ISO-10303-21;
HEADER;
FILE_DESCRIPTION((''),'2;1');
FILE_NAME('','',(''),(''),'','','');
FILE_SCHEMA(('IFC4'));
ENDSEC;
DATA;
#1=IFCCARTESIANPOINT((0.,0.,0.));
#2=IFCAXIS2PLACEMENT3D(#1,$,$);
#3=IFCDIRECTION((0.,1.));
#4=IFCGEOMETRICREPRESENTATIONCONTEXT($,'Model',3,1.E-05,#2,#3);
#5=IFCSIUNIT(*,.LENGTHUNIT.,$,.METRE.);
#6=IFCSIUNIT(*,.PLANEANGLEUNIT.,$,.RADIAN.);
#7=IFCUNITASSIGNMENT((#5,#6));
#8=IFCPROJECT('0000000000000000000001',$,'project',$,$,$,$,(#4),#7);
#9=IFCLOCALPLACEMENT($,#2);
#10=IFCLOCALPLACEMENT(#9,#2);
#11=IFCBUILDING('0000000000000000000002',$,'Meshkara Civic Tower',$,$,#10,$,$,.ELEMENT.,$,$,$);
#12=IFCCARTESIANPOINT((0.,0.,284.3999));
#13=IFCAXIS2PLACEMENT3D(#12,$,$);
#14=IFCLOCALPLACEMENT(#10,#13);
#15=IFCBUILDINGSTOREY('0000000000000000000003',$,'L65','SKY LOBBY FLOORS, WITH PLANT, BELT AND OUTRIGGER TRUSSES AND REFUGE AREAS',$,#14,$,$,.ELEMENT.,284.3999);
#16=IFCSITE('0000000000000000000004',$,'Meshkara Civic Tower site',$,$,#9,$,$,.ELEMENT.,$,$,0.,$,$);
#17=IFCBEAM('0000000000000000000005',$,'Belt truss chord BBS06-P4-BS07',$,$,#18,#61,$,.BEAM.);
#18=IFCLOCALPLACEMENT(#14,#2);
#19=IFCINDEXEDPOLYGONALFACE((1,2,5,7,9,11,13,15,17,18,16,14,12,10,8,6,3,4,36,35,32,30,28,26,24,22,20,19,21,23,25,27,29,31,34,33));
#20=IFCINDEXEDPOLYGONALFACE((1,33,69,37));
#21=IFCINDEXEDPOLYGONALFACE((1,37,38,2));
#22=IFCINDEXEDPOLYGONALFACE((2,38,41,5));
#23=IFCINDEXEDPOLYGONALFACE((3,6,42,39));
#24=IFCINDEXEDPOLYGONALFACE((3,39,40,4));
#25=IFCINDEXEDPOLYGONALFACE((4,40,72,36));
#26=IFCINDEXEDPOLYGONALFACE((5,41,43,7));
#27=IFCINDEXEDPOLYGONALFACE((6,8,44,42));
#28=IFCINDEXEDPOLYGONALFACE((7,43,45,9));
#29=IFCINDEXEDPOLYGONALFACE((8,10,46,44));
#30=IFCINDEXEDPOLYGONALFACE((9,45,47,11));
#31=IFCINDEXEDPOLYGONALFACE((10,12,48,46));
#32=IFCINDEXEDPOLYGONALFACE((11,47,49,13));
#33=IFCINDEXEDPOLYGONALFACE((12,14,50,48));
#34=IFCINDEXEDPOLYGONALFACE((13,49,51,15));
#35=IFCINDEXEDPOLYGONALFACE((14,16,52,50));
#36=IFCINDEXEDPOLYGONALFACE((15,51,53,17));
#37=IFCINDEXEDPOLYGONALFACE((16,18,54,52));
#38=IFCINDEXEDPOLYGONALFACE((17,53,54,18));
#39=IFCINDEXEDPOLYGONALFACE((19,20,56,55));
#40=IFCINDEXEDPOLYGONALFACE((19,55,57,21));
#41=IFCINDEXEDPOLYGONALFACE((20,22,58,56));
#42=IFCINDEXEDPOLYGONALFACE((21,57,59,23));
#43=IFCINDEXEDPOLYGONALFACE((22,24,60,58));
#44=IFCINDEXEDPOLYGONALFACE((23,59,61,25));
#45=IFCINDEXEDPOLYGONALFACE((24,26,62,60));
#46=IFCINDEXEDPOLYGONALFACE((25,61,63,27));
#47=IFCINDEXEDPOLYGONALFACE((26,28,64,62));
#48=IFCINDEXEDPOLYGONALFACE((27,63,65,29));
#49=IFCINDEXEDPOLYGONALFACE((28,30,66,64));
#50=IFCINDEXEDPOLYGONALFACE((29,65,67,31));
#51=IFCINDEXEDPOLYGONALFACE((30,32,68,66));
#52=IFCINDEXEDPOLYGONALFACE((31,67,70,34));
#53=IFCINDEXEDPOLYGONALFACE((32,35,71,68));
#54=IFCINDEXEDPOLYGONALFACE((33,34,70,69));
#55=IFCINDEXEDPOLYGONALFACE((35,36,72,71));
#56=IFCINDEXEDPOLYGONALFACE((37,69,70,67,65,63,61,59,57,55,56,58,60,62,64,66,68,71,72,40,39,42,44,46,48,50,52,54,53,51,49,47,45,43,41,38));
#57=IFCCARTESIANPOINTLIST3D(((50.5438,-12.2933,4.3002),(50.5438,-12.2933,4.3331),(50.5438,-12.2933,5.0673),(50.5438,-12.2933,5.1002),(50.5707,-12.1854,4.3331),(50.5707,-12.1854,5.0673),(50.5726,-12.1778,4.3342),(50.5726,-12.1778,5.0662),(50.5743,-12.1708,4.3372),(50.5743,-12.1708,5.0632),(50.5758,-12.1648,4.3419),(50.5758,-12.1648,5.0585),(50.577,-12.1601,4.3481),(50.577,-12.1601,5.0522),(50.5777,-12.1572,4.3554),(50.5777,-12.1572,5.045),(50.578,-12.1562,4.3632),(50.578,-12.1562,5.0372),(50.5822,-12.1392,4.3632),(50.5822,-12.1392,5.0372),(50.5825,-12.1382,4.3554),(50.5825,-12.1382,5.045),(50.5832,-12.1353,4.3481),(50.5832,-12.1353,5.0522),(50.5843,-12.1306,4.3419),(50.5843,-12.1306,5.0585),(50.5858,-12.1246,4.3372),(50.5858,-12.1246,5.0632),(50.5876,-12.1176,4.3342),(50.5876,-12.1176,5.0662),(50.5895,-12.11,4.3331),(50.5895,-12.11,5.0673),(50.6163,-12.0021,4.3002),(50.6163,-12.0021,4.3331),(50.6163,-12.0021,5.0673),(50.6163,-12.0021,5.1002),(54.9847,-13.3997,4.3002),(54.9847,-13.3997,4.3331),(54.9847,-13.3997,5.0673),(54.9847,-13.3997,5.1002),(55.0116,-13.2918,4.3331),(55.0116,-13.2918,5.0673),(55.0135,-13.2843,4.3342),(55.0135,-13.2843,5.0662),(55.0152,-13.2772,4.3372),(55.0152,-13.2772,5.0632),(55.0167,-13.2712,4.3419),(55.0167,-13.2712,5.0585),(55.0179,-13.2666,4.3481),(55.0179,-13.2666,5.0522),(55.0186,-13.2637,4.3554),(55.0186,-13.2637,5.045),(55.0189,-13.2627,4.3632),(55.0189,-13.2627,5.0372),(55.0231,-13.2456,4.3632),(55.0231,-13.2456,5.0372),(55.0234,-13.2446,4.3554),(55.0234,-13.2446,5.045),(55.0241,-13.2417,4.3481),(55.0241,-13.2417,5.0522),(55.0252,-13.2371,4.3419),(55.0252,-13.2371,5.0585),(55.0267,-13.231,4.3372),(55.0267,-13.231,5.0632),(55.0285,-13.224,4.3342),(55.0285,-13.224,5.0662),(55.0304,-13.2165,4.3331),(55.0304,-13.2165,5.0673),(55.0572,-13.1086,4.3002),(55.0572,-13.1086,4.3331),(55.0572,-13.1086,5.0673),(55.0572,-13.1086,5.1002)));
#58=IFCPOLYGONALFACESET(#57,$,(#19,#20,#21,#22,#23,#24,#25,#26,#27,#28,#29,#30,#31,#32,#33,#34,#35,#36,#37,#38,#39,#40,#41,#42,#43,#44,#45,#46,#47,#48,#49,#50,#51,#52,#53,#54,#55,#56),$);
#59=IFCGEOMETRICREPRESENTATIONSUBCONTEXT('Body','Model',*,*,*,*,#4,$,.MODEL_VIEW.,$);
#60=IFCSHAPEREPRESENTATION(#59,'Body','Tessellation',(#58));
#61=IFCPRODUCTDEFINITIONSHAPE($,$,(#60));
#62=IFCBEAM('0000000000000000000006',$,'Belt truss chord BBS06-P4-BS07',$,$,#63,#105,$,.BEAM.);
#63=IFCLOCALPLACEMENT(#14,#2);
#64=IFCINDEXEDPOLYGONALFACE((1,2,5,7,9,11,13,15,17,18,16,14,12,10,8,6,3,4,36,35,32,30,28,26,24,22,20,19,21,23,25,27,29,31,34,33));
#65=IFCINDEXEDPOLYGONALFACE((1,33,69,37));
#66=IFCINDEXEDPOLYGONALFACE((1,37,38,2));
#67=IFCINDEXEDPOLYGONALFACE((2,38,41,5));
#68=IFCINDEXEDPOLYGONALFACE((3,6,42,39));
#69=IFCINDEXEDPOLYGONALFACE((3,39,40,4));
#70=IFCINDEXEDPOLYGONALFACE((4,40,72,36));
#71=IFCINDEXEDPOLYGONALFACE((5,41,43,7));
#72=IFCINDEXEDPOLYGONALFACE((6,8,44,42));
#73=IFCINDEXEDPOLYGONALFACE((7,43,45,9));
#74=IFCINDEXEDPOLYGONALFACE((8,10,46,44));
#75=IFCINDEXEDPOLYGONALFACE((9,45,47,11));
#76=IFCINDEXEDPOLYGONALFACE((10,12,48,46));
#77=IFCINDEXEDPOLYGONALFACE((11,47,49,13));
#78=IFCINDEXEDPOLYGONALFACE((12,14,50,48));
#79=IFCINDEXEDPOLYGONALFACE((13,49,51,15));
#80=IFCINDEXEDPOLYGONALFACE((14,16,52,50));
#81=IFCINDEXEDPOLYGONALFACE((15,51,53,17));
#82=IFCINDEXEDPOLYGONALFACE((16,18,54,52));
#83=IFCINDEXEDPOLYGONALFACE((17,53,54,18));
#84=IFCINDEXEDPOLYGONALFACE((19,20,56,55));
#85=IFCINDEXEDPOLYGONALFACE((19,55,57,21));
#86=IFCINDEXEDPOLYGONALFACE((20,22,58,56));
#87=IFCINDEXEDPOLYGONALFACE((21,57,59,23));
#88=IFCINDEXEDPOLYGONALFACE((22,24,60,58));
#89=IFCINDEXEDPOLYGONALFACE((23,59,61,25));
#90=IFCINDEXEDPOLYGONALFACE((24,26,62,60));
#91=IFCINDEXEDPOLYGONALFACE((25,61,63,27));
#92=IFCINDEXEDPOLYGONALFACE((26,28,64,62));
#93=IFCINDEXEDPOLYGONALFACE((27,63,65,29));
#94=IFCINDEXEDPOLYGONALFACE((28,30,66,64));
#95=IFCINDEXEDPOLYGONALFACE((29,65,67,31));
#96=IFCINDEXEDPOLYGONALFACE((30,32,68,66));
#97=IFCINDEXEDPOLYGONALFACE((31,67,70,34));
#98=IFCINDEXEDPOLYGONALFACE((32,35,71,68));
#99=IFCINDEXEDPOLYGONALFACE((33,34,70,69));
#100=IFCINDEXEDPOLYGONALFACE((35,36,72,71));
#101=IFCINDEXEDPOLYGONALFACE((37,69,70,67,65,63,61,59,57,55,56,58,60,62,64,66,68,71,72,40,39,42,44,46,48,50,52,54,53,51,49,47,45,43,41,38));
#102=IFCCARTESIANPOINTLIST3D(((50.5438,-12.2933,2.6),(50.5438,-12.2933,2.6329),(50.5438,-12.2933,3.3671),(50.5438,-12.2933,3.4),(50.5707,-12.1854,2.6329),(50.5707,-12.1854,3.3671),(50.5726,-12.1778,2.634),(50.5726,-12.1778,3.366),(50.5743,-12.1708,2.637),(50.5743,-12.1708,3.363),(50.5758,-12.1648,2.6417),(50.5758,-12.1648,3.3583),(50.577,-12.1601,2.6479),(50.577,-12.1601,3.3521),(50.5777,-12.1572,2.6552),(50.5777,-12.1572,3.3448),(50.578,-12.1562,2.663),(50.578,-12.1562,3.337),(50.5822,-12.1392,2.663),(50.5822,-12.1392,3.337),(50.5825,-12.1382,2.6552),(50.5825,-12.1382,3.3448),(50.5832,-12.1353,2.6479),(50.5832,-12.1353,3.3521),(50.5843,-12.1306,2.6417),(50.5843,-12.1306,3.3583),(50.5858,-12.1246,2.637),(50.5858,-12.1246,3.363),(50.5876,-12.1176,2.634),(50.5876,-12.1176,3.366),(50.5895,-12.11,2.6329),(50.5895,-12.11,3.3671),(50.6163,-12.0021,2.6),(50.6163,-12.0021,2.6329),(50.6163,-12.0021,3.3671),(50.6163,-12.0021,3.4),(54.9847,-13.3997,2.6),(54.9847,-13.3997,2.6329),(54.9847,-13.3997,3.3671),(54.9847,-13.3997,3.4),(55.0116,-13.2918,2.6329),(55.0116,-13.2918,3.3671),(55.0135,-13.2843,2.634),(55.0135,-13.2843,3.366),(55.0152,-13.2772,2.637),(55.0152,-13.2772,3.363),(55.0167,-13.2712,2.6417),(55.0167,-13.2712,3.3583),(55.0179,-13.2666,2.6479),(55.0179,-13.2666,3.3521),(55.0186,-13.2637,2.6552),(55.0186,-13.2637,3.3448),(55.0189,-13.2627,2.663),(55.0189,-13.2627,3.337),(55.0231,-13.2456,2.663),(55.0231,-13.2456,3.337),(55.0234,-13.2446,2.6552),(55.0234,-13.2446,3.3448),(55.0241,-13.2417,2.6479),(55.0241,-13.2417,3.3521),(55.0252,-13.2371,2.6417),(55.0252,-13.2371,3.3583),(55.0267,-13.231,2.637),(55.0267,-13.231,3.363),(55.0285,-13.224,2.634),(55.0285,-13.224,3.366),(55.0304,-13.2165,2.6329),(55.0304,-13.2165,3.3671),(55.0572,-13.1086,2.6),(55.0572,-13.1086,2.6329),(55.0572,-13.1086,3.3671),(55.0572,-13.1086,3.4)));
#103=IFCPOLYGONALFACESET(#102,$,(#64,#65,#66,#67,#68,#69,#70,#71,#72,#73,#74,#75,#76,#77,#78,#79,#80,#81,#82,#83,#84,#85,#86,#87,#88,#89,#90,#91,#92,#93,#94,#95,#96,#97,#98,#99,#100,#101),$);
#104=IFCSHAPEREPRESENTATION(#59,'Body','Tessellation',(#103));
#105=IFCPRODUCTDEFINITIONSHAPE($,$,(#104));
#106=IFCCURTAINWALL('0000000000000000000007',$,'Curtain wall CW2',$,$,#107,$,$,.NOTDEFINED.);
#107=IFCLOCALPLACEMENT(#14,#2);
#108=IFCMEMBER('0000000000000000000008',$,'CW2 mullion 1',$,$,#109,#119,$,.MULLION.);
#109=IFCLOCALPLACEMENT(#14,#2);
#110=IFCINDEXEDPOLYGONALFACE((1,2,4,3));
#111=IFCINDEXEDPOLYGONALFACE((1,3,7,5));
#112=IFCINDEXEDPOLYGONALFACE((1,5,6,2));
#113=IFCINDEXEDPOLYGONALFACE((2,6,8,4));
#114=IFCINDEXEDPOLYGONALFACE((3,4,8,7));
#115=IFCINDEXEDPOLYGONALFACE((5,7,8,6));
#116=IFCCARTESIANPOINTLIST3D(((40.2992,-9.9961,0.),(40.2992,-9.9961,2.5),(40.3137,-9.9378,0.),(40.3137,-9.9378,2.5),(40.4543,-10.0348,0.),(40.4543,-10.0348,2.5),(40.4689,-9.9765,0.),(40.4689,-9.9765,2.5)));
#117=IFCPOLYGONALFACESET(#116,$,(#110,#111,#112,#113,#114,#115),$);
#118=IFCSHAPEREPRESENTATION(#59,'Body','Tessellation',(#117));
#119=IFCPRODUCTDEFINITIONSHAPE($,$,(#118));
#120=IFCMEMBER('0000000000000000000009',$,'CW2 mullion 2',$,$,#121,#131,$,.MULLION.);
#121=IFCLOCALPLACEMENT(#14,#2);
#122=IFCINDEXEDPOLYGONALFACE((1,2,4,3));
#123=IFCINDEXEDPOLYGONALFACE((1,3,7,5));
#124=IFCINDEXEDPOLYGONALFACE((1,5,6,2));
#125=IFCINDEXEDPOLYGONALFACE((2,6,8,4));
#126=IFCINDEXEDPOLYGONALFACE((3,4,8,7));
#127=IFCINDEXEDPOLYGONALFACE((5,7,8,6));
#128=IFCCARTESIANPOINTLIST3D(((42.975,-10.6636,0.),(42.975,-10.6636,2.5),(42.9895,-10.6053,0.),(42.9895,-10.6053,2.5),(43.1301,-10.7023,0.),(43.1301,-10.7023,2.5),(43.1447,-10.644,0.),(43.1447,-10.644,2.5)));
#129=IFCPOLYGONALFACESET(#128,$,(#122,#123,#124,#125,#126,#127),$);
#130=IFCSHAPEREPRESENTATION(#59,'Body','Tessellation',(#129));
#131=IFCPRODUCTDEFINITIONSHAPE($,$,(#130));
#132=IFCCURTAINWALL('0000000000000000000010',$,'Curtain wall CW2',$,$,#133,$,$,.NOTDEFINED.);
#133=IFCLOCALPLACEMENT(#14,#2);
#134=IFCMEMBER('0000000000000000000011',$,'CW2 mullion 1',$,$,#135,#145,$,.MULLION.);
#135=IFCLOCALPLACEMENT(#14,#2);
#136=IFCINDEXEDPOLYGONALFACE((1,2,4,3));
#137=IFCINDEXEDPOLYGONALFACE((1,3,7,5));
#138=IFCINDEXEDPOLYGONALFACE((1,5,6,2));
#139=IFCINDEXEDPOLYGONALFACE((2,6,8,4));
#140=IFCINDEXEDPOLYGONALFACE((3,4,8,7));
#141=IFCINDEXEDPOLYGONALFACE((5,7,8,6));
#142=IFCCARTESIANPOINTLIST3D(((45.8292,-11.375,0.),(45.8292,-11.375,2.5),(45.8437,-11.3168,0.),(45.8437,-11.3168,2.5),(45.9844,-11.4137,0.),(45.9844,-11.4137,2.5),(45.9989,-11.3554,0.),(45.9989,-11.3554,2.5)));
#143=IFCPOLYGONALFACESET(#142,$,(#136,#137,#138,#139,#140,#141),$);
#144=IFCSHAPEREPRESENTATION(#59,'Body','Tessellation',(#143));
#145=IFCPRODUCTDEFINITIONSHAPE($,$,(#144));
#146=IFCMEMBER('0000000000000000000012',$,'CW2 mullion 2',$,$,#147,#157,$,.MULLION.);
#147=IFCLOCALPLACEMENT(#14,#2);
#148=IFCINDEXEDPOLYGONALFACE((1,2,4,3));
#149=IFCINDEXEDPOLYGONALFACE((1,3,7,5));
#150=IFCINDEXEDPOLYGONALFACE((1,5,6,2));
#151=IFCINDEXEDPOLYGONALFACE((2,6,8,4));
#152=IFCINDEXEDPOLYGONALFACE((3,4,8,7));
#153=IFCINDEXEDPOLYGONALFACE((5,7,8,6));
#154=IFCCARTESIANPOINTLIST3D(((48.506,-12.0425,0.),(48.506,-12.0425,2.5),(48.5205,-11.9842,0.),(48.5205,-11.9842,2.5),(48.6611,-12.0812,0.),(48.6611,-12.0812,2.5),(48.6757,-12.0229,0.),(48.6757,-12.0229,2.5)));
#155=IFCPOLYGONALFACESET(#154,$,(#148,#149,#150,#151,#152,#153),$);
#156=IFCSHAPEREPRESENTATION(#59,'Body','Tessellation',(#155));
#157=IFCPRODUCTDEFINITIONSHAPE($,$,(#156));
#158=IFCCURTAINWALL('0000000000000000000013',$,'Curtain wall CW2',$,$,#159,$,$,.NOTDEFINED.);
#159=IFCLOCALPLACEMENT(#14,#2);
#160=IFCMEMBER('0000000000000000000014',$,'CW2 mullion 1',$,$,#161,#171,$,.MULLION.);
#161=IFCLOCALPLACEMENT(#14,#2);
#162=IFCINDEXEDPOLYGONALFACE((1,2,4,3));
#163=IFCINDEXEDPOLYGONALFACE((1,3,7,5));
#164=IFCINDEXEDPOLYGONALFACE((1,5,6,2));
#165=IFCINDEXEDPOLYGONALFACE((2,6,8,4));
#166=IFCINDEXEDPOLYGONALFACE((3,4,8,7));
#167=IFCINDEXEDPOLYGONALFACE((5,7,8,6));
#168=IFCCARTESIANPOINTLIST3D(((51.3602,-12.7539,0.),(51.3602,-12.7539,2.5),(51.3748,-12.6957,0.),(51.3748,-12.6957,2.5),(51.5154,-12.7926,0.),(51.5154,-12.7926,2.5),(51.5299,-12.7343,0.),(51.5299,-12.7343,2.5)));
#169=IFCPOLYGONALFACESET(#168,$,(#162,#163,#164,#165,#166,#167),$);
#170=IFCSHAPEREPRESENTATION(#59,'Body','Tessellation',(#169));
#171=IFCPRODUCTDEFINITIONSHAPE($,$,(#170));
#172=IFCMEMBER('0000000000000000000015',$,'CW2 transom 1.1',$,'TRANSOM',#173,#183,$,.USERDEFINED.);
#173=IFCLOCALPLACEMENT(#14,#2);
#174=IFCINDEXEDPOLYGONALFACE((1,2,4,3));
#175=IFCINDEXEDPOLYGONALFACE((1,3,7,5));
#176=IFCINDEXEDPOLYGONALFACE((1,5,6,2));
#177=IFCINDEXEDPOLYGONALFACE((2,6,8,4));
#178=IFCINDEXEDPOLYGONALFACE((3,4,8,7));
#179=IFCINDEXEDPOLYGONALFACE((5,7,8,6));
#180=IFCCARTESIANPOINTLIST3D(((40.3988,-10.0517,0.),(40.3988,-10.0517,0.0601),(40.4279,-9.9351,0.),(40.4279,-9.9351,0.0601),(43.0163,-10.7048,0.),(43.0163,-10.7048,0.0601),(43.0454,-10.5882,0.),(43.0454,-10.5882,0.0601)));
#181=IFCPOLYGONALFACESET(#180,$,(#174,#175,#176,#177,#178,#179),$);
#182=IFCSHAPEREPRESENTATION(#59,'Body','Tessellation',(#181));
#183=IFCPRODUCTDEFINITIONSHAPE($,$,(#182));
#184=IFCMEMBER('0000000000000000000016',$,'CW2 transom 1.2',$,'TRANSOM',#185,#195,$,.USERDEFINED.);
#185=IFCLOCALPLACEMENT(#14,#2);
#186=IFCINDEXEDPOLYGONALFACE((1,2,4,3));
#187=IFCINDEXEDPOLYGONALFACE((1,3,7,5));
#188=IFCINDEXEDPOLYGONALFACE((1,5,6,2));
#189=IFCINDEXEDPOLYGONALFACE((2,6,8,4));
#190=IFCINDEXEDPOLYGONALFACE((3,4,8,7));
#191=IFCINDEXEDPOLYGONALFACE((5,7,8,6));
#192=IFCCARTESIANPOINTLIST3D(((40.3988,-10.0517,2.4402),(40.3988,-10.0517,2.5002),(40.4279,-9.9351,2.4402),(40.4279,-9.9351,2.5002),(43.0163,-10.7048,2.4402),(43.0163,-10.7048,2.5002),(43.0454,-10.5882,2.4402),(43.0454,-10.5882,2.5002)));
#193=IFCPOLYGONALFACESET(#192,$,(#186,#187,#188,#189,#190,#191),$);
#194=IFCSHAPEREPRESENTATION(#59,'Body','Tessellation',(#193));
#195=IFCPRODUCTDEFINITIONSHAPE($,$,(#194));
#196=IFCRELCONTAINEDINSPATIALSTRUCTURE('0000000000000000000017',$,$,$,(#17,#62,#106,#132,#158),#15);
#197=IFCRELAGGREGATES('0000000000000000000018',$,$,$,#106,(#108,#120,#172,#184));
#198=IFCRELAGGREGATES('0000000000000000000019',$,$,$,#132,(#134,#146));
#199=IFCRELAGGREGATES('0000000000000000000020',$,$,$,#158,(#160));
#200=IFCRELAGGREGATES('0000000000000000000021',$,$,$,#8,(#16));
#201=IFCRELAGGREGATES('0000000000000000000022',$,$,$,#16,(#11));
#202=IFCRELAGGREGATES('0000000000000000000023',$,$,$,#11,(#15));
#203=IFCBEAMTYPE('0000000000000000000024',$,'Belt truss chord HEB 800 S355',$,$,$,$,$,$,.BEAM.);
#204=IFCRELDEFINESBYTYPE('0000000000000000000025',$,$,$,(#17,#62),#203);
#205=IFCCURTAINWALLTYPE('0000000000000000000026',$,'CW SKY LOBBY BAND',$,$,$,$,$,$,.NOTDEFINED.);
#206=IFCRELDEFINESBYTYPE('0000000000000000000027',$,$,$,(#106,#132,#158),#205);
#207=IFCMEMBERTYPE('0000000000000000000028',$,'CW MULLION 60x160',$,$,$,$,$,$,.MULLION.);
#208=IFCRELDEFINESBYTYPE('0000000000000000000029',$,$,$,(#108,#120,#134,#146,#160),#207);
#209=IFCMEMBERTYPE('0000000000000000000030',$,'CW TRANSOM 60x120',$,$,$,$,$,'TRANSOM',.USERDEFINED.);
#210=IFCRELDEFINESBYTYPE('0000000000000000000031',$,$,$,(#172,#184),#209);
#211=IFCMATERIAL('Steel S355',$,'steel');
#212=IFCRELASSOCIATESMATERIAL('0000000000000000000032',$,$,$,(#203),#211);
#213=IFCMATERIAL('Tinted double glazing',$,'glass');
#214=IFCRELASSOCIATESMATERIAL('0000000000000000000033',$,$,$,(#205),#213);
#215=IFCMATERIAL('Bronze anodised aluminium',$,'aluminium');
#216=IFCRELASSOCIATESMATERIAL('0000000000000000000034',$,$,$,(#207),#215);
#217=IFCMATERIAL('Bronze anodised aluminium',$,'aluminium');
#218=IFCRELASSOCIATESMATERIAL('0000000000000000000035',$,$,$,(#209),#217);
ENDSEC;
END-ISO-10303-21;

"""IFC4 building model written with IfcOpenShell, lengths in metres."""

from ifc_helpers import new_model, si_unit, direction, frame, origin, origin_2d, place, context, subcontext, project, spatial, rectangle, i_section, extrude, material, material_profile, profile_set, type_object, element, aggregate, save


model = new_model("IFC4")

# Units and contexts
model_context = context("Model", 3, precision=1e-05, world=origin(), true_north=direction((0.0, 1.0)))
body_context = subcontext(model_context, "Body", "Model", "MODEL_VIEW")
ifc_project = project(units=[si_unit("LENGTHUNIT", "METRE"), si_unit("PLANEANGLEUNIT", "RADIAN")], contexts=[model_context])

# Site, building, storey
site_placement = place(None, origin())
site = spatial("IfcSite", under=ifc_project, at=site_placement, Name="Meshkara Civic Tower site", CompositionType="ELEMENT", RefElevation=0.0)
building_placement = place(site_placement, origin())
building = spatial("IfcBuilding", under=site, at=building_placement, Name="Meshkara Civic Tower", CompositionType="ELEMENT")
storey_placement = place(building_placement, frame((0.0, 0.0, 284.3999)))
storey = spatial("IfcBuildingStorey", under=building, at=storey_placement, Name="L65", Description="SKY LOBBY FLOORS, WITH PLANT, BELT AND OUTRIGGER TRUSSES AND REFUGE AREAS", CompositionType="ELEMENT", Elevation=284.3999)

# Beams
ifc_material_1 = material(Name="Steel S355", Category="steel")
ifc_material_profile_1 = material_profile(ifc_material_1, i_section(OverallWidth=0.3, OverallDepth=0.8, WebThickness=0.0176, FlangeThickness=0.033, FilletRadius=0.03, at=origin_2d()))
ifc_profile_set_1 = profile_set([ifc_material_profile_1], Name="Steel S355")
beam_type = type_object("IfcBeamType", Name="Belt truss chord HEB 800 S355", PredefinedType="BEAM", material=ifc_profile_set_1)
for number, where, z_axis, x_axis, name in (
    (1, (50.5801, -12.1477, 4.7002), (0.970337, -0.241757, 0.0), (0.241757, 0.970337, 0.0), "Belt truss chord BBS06-P4-BS07"),
    (2, (50.5801, -12.1477, 3.0), (0.970337, -0.241757, 0.0), (0.241757, 0.970337, 0.0), "Belt truss chord BBS06-P4-BS07"),
):
    element("IfcBeam", number, at=place(storey_placement, frame(where, z_axis=z_axis, x_axis=x_axis)), inside=storey, type_object=beam_type, Name=name, PredefinedType="BEAM", context=body_context, shape_type="SweptSolid", body=[
        extrude(i_section(OverallWidth=0.3, OverallDepth=0.8, WebThickness=0.0176, FlangeThickness=0.033, FilletRadius=0.03, at=origin_2d()), origin(), (0.0, 0.0, 1.0), 4.5767),
    ])

# Curtain walls, members
ifc_material_2 = material(Name="Tinted double glazing", Category="glass")
curtain_wall_type = type_object("IfcCurtainWallType", Name="CW SKY LOBBY BAND", PredefinedType="NOTDEFINED", material=ifc_material_2)
curtain_wall_1_placement = place(storey_placement, origin())
curtain_wall_1 = element("IfcCurtainWall", 3, at=curtain_wall_1_placement, inside=storey, type_object=curtain_wall_type, Name="Curtain wall CW2", PredefinedType="NOTDEFINED")
ifc_material_3 = material(Name="Bronze anodised aluminium", Category="aluminium")
ifc_material_profile_2 = material_profile(ifc_material_3, rectangle(XDim=0.0601, YDim=0.1599, at=origin_2d()))
ifc_profile_set_2 = profile_set([ifc_material_profile_2], Name="Bronze anodised aluminium")
member_type_1 = type_object("IfcMemberType", Name="CW MULLION 60x160", PredefinedType="MULLION", material=ifc_profile_set_2)
member_1_placement = place(storey_placement, frame((40.384, -9.9863, 0.0), z_axis=(0.0, 0.0, 1.0), x_axis=(0.242035, 0.970268, 0.0)))
member_1 = element("IfcMember", 4, at=member_1_placement, type_object=member_type_1, Name="CW2 mullion 1", PredefinedType="MULLION", context=body_context, shape_type="SweptSolid", body=[
    extrude(rectangle(XDim=0.0601, YDim=0.1599, at=origin_2d()), origin(), (0.0, 0.0, 1.0), 2.5),
])
member_2_placement = place(storey_placement, frame((43.0598, -10.6538, 0.0), z_axis=(0.0, 0.0, 1.0), x_axis=(0.242035, 0.970268, 0.0)))
member_2 = element("IfcMember", 5, at=member_2_placement, type_object=member_type_1, Name="CW2 mullion 2", PredefinedType="MULLION", context=body_context, shape_type="SweptSolid", body=[
    extrude(rectangle(XDim=0.0601, YDim=0.1599, at=origin_2d()), origin(), (0.0, 0.0, 1.0), 2.5),
])
curtain_wall_2_placement = place(storey_placement, origin())
curtain_wall_2 = element("IfcCurtainWall", 6, at=curtain_wall_2_placement, inside=storey, type_object=curtain_wall_type, Name="Curtain wall CW2", PredefinedType="NOTDEFINED")
member_3_placement = place(storey_placement, frame((45.9141, -11.3652, 0.0), z_axis=(0.0, 0.0, 1.0), x_axis=(0.241951, 0.970288, 0.0)))
member_3 = element("IfcMember", 7, at=member_3_placement, type_object=member_type_1, Name="CW2 mullion 1", PredefinedType="MULLION", context=body_context, shape_type="SweptSolid", body=[
    extrude(rectangle(XDim=0.0601, YDim=0.1599, at=origin_2d()), origin(), (0.0, 0.0, 1.0), 2.5),
])
member_4_placement = place(storey_placement, frame((48.5908, -12.0327, 0.0), z_axis=(0.0, 0.0, 1.0), x_axis=(0.241951, 0.970288, 0.0)))
member_4 = element("IfcMember", 8, at=member_4_placement, type_object=member_type_1, Name="CW2 mullion 2", PredefinedType="MULLION", context=body_context, shape_type="SweptSolid", body=[
    extrude(rectangle(XDim=0.0601, YDim=0.1599, at=origin_2d()), origin(), (0.0, 0.0, 1.0), 2.5),
])

# Curtain wall, member
curtain_wall_3_placement = place(storey_placement, origin())
curtain_wall_3 = element("IfcCurtainWall", 9, at=curtain_wall_3_placement, inside=storey, type_object=curtain_wall_type, Name="Curtain wall CW2", PredefinedType="NOTDEFINED")
member_5_placement = place(storey_placement, frame((51.4451, -12.7441, 0.0), z_axis=(0.0, 0.0, 1.0), x_axis=(0.241951, 0.970288, 0.0)))
member_5 = element("IfcMember", 10, at=member_5_placement, type_object=member_type_1, Name="CW2 mullion 1", PredefinedType="MULLION", context=body_context, shape_type="SweptSolid", body=[
    extrude(rectangle(XDim=0.0601, YDim=0.1599, at=origin_2d()), origin(), (0.0, 0.0, 1.0), 2.5),
])

# Members
ifc_material_4 = material(Name="Bronze anodised aluminium", Category="aluminium")
ifc_material_profile_3 = material_profile(ifc_material_4, rectangle(XDim=0.1201, YDim=0.0601, at=origin_2d()))
ifc_profile_set_3 = profile_set([ifc_material_profile_3], Name="Bronze anodised aluminium")
member_type_2 = type_object("IfcMemberType", Name="CW TRANSOM 60x120", ElementType="TRANSOM", PredefinedType="USERDEFINED", material=ifc_profile_set_3)
member_6_placement = place(storey_placement, frame((40.4133, -9.9934, 0.03), z_axis=(0.970254, -0.242088, 0.0), x_axis=(0.242088, 0.970254, 0.0)))
member_6 = element("IfcMember", 11, at=member_6_placement, type_object=member_type_2, Name="CW2 transom 1.1", ObjectType="TRANSOM", PredefinedType="USERDEFINED", context=body_context, shape_type="SweptSolid", body=[
    extrude(rectangle(XDim=0.1201, YDim=0.0601, at=origin_2d()), origin(), (0.0, 0.0, 1.0), 2.6978),
])
member_7_placement = place(storey_placement, frame((40.4133, -9.9934, 2.4702), z_axis=(0.970254, -0.242088, 0.0), x_axis=(0.242088, 0.970254, 0.0)))
member_7 = element("IfcMember", 12, at=member_7_placement, type_object=member_type_2, Name="CW2 transom 1.2", ObjectType="TRANSOM", PredefinedType="USERDEFINED", context=body_context, shape_type="SweptSolid", body=[
    extrude(rectangle(XDim=0.1201, YDim=0.0601, at=origin_2d()), origin(), (0.0, 0.0, 1.0), 2.6978),
])

aggregate(curtain_wall_1, [member_1, member_2, member_6, member_7])
aggregate(curtain_wall_2, [member_3, member_4])
aggregate(curtain_wall_3, [member_5])

save(model, "model.ifc")
